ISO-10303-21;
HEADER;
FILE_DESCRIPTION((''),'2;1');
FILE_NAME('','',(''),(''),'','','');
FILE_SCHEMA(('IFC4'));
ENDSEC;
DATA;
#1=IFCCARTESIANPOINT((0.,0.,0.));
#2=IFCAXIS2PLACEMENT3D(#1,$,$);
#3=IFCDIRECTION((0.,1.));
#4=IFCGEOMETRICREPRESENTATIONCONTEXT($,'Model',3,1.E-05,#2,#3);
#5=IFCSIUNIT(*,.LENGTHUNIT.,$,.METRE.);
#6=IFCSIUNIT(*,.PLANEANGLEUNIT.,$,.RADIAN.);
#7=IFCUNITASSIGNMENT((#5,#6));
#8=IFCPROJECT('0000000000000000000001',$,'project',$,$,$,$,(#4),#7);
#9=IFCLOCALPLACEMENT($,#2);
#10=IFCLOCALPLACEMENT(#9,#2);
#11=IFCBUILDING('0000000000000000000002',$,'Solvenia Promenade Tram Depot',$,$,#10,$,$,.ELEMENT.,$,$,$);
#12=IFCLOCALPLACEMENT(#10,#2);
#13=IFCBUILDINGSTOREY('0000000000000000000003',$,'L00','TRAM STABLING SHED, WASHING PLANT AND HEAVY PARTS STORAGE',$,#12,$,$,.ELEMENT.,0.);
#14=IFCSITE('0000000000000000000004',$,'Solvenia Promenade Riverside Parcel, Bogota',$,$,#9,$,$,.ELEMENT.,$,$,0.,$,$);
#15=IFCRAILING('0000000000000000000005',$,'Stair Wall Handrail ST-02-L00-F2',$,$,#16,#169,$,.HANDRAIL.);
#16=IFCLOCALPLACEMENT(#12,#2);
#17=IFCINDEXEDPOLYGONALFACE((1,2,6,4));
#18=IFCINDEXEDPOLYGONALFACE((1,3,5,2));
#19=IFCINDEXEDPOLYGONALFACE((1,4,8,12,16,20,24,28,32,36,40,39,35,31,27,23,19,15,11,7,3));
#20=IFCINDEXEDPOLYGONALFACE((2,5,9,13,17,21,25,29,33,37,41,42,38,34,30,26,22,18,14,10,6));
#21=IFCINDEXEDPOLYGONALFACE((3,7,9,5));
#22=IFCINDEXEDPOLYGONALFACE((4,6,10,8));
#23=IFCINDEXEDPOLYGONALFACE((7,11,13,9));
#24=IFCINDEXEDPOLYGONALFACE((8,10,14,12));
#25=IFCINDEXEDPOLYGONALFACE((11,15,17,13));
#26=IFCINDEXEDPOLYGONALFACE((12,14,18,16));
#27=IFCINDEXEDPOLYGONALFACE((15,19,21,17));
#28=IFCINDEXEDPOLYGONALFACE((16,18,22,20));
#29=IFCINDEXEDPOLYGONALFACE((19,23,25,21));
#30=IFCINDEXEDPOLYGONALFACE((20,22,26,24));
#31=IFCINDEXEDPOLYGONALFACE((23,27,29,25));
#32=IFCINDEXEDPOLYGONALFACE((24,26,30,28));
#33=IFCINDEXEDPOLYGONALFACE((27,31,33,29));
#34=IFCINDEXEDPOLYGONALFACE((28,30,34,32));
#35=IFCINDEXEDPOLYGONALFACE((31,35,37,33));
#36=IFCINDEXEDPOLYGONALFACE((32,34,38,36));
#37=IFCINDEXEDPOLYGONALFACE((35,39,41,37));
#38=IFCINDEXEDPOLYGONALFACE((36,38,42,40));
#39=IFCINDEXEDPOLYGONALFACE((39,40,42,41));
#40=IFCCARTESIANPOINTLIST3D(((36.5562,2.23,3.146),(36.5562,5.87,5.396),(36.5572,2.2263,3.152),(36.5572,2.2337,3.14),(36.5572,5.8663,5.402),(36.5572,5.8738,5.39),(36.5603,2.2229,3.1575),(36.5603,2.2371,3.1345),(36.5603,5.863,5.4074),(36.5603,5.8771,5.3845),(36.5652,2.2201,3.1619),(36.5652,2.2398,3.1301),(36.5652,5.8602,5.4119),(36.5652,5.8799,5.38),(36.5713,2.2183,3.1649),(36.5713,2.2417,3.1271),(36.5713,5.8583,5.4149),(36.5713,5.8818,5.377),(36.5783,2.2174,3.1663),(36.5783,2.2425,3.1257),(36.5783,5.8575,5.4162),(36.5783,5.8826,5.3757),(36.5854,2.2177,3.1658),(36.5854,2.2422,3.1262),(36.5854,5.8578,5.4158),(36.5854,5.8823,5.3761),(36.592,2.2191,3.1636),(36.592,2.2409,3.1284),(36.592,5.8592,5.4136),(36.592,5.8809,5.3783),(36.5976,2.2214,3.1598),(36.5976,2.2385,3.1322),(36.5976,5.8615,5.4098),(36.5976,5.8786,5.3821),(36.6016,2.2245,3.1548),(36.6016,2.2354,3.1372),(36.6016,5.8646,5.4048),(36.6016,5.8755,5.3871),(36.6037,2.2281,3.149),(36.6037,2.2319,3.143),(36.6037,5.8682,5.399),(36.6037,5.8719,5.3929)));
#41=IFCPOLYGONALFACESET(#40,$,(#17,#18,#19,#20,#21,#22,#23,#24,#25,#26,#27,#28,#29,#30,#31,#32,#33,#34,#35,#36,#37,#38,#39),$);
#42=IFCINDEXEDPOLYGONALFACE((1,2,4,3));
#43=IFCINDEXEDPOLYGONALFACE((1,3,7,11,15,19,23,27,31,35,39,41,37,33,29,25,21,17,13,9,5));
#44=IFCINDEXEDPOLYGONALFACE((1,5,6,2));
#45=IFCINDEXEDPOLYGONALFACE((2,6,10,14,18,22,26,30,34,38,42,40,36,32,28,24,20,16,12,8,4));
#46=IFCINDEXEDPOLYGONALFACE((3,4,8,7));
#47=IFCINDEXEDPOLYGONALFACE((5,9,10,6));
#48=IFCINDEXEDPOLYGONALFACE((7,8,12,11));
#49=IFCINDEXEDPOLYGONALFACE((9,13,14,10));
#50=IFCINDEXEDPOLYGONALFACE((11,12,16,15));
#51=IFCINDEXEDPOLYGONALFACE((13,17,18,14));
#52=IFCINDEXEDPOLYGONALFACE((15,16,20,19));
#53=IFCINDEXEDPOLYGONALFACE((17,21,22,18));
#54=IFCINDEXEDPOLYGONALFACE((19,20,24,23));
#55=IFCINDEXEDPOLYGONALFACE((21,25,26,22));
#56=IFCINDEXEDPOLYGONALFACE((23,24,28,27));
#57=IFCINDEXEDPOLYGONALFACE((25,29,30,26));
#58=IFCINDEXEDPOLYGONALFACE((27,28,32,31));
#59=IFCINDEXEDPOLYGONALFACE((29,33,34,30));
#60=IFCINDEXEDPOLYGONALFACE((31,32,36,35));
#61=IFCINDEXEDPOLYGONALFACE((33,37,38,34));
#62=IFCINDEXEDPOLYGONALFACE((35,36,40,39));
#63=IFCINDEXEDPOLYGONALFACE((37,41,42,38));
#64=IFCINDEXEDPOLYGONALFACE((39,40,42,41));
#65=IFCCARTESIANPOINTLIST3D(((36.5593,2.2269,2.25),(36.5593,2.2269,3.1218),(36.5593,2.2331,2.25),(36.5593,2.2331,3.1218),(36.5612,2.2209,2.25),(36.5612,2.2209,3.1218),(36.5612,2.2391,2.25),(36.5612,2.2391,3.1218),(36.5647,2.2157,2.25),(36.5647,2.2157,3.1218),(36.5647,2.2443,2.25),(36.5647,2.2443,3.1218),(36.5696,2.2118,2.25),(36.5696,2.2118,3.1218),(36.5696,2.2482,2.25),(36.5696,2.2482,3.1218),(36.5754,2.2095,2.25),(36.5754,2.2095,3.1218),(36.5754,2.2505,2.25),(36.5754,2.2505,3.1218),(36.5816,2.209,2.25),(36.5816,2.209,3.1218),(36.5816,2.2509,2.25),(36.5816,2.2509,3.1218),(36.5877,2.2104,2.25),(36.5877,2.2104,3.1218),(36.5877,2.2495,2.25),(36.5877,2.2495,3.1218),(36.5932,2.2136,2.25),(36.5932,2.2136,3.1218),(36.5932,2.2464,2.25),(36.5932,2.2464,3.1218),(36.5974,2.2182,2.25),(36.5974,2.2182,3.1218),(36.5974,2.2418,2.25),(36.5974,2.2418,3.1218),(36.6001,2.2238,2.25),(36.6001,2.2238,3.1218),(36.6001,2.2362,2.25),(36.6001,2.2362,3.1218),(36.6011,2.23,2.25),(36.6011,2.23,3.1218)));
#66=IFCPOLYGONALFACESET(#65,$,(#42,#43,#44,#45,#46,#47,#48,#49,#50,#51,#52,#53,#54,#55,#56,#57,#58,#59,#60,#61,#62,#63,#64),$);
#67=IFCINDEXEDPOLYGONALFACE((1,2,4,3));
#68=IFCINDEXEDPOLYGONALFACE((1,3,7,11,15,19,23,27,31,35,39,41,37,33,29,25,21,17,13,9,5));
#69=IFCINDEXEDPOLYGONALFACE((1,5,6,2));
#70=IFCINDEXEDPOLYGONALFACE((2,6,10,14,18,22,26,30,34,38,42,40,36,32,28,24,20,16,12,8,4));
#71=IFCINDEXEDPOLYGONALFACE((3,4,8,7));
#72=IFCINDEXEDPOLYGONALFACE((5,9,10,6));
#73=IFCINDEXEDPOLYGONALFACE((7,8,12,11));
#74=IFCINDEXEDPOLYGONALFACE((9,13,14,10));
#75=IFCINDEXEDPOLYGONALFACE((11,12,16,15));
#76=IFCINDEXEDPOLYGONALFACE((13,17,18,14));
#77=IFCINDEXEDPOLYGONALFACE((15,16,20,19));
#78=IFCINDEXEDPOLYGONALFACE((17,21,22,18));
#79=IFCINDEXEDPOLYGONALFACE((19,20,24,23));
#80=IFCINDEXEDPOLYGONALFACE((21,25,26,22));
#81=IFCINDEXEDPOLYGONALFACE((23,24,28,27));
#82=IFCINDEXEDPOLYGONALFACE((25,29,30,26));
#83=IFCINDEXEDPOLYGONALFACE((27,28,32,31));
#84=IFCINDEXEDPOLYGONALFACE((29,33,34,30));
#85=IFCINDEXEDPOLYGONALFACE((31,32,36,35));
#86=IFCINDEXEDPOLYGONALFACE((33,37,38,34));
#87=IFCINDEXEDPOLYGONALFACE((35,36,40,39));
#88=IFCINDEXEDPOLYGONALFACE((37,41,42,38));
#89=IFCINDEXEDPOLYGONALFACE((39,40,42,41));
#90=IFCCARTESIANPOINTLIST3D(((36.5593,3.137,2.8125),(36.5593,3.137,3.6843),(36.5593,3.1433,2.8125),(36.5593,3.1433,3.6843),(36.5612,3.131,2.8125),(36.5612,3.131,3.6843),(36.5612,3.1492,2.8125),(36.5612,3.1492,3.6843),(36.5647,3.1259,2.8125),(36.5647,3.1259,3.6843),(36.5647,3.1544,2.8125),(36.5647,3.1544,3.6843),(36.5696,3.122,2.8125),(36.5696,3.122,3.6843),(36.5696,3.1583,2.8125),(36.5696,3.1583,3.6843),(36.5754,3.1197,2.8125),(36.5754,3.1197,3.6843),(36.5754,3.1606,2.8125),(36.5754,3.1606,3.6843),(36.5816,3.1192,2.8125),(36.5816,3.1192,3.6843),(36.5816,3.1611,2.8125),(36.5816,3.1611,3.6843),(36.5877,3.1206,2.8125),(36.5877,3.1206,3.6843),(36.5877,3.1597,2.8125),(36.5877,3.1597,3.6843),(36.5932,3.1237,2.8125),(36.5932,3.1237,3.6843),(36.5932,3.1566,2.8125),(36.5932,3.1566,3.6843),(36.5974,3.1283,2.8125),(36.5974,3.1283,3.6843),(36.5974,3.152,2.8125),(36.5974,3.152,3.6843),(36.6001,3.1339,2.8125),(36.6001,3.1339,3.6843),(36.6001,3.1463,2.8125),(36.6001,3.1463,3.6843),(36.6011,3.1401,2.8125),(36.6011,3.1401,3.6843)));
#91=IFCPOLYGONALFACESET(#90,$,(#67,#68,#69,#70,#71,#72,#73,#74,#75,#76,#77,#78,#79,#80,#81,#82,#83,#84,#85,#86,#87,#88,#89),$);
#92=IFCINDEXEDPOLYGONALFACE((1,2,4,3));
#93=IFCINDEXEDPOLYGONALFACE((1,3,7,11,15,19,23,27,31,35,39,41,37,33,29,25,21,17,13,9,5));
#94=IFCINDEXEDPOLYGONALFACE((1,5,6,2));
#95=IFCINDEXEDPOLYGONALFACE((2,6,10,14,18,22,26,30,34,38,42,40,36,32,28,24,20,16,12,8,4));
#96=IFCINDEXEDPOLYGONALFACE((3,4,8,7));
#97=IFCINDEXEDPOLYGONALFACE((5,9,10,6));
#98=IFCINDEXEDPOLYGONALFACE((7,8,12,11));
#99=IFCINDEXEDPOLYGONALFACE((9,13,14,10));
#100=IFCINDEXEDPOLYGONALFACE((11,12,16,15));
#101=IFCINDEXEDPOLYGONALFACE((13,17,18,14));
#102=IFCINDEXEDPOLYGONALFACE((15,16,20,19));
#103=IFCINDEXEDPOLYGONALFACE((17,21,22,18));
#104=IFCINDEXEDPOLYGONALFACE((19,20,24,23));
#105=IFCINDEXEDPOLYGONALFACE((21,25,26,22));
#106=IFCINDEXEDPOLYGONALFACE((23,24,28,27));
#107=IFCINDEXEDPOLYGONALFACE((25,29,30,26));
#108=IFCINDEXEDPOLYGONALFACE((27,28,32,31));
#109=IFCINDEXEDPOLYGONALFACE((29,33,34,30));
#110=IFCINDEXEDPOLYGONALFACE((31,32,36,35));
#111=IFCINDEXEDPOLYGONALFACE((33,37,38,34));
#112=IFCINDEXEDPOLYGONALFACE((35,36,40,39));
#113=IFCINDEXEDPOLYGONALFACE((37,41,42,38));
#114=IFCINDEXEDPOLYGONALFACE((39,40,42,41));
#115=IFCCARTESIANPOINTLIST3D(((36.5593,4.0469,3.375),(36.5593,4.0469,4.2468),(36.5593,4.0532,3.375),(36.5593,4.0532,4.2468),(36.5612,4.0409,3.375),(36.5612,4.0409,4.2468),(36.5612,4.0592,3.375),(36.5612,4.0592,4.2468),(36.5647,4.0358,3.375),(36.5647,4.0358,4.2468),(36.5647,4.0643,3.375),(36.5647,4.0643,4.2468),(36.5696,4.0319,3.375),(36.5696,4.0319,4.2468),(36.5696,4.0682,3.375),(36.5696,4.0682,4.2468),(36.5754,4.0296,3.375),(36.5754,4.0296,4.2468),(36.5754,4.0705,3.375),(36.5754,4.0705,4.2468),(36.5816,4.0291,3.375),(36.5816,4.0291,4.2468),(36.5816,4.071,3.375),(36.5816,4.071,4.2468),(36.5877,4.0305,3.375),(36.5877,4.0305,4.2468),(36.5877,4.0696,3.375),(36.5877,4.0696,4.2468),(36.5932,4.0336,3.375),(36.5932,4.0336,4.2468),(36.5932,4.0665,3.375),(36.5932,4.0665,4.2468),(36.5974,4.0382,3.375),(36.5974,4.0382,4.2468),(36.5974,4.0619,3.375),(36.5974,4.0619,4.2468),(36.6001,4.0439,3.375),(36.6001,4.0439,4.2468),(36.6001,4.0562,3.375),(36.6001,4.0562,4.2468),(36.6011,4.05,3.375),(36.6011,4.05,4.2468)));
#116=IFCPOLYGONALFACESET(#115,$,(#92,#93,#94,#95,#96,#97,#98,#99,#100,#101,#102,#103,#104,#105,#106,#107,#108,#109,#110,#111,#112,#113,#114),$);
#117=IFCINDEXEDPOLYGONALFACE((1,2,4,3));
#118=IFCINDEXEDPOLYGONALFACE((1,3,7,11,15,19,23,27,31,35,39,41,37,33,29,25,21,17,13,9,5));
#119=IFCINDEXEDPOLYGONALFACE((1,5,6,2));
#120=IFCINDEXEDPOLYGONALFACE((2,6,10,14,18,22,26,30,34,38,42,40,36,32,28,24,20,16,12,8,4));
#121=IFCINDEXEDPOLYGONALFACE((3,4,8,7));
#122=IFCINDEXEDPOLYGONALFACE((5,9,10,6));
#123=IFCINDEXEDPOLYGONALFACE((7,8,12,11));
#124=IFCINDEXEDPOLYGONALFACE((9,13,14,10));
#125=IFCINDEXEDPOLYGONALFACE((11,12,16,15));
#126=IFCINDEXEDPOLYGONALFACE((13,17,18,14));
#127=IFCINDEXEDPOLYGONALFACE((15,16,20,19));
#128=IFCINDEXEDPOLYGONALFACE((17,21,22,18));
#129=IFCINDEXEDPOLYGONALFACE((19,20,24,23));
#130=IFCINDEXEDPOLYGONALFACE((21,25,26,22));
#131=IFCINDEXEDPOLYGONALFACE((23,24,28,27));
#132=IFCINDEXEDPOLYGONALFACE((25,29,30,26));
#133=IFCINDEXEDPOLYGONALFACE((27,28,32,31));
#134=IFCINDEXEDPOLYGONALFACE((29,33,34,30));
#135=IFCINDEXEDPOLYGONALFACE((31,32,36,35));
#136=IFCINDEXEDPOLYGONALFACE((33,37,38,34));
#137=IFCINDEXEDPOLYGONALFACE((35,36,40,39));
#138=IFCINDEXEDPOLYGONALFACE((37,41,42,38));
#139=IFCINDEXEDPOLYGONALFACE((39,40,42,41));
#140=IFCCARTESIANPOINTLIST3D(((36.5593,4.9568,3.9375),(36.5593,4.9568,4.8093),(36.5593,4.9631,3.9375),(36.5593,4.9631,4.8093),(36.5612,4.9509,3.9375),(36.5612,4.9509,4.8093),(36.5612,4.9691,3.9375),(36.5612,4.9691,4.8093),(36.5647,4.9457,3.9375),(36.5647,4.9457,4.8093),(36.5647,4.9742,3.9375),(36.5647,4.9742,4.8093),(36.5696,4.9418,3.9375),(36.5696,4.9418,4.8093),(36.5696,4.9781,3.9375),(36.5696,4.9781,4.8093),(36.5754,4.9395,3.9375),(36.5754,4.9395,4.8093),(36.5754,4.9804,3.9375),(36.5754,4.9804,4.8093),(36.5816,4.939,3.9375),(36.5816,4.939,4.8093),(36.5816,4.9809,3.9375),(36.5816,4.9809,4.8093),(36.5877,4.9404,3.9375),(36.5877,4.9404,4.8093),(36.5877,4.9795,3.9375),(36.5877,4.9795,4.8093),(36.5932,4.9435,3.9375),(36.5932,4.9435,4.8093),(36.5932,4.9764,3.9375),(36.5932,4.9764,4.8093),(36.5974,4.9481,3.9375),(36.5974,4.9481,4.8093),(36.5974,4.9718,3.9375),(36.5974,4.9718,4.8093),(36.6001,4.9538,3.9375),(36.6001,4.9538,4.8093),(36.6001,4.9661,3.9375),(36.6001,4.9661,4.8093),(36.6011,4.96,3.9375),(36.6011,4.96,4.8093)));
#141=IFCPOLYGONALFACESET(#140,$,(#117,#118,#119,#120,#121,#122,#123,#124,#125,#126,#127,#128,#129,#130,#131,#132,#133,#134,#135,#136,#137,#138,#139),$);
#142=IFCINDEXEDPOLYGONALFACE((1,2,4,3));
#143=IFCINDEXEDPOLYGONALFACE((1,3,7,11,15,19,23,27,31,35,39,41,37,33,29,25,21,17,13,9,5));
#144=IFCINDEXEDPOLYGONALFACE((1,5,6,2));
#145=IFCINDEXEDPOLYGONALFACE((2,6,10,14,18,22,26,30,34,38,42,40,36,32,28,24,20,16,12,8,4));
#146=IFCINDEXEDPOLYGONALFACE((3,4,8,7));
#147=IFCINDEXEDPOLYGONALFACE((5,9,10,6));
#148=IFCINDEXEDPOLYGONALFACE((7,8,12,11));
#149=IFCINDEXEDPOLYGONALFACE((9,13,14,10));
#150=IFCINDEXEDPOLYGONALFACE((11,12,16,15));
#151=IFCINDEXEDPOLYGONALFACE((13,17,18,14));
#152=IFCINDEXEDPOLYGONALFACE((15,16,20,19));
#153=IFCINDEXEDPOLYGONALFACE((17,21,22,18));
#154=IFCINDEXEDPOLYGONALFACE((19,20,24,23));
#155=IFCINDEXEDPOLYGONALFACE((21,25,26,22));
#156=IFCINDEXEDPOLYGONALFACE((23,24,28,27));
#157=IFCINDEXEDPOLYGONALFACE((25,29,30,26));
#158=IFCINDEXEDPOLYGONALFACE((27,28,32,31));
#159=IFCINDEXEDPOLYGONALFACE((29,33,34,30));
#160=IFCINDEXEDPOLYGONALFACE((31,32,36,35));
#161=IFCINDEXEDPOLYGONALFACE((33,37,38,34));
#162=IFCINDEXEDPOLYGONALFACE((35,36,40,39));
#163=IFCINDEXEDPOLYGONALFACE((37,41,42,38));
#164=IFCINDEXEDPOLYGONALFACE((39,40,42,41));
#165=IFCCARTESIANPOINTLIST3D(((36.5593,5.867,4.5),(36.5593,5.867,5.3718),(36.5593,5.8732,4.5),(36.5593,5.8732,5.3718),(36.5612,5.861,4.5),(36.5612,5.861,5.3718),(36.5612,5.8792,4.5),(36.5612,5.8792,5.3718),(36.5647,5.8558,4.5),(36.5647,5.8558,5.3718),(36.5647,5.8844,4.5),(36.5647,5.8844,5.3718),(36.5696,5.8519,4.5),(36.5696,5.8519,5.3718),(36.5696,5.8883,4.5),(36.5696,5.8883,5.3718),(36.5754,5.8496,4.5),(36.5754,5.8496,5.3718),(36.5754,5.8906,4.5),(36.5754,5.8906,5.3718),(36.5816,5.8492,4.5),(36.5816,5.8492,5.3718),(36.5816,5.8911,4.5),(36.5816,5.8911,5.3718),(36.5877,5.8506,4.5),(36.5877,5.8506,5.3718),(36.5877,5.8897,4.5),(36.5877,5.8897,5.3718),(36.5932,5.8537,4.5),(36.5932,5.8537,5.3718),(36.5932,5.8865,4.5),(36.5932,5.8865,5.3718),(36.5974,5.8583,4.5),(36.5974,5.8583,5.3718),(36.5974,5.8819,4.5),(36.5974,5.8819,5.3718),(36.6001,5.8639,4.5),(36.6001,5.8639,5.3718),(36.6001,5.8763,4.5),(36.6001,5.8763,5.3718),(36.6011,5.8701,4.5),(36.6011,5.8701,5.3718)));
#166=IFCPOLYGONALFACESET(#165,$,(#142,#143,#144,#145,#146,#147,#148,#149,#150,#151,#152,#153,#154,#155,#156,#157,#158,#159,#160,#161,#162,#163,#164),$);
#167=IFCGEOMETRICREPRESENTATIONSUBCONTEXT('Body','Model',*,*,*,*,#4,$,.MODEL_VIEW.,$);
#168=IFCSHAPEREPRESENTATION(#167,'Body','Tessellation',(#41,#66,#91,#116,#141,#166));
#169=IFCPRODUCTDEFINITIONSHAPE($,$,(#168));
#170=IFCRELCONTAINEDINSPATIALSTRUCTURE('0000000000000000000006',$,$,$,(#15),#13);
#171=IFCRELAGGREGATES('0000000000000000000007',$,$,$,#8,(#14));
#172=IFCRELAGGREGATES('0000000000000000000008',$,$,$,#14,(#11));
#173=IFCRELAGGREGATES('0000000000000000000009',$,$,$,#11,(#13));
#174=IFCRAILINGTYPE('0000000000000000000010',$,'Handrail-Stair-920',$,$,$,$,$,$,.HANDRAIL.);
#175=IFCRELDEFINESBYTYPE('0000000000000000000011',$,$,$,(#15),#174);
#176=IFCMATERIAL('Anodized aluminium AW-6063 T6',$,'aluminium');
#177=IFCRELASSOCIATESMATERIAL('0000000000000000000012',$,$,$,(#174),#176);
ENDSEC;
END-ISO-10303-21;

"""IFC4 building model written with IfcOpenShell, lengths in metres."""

from ifc_helpers import new_model, si_unit, direction, frame, origin, origin_2d, place, context, subcontext, project, spatial, circle, extrude, material, type_object, element, save


model = new_model("IFC4")

# Units and contexts
model_context = context("Model", 3, precision=1e-05, world=origin(), true_north=direction((0.0, 1.0)))
body_context = subcontext(model_context, "Body", "Model", "MODEL_VIEW")
ifc_project = project(units=[si_unit("LENGTHUNIT", "METRE"), si_unit("PLANEANGLEUNIT", "RADIAN")], contexts=[model_context])

# Site, building, storey
site_placement = place(None, origin())
site = spatial("IfcSite", under=ifc_project, at=site_placement, Name="Solvenia Promenade Riverside Parcel, Bogota", CompositionType="ELEMENT", RefElevation=0.0)
building_placement = place(site_placement, origin())
building = spatial("IfcBuilding", under=site, at=building_placement, Name="Solvenia Promenade Tram Depot", CompositionType="ELEMENT")
storey_placement = place(building_placement, origin())
storey = spatial("IfcBuildingStorey", under=building, at=storey_placement, Name="L00", Description="TRAM STABLING SHED, WASHING PLANT AND HEAVY PARTS STORAGE", CompositionType="ELEMENT", Elevation=0.0)

# Railing
ifc_material_1 = material(Name="Anodized aluminium AW-6063 T6", Category="aluminium")
railing_type_1 = type_object("IfcRailingType", Name="Handrail-Stair-920", PredefinedType="HANDRAIL", material=ifc_material_1)
railing_1_placement = place(storey_placement, frame((36.5801, 2.23, 2.25)))
element("IfcRailing", 1, at=railing_1_placement, inside=storey, type_object=railing_type_1, Name="Stair Wall Handrail ST-02-L00-F2", PredefinedType="HANDRAIL", context=body_context, shape_type="SweptSolid", body=[
    extrude(circle(Radius=0.0239, at=origin_2d()), frame((0.0, 0.0, 0.896), z_axis=(0.0, 0.850622, 0.525777), x_axis=(-1.0, 0.0, 0.0)), (0.0, 0.0, 1.0), 4.2793),
    extrude(circle(Radius=0.021, at=origin_2d()), origin(), (0.0, 0.0, 1.0), 0.8718),
    extrude(circle(Radius=0.021, at=origin_2d()), frame((0.0, 0.9102, 0.5625)), (0.0, 0.0, 1.0), 0.8718),
    extrude(circle(Radius=0.021, at=origin_2d()), frame((0.0, 1.8201, 1.125)), (0.0, 0.0, 1.0), 0.8718),
    extrude(circle(Radius=0.021, at=origin_2d()), frame((0.0, 2.73, 1.6875)), (0.0, 0.0, 1.0), 0.8718),
    extrude(circle(Radius=0.021, at=origin_2d()), frame((0.0, 3.6401, 2.25)), (0.0, 0.0, 1.0), 0.8718),
])

save(model, "model.ifc")
